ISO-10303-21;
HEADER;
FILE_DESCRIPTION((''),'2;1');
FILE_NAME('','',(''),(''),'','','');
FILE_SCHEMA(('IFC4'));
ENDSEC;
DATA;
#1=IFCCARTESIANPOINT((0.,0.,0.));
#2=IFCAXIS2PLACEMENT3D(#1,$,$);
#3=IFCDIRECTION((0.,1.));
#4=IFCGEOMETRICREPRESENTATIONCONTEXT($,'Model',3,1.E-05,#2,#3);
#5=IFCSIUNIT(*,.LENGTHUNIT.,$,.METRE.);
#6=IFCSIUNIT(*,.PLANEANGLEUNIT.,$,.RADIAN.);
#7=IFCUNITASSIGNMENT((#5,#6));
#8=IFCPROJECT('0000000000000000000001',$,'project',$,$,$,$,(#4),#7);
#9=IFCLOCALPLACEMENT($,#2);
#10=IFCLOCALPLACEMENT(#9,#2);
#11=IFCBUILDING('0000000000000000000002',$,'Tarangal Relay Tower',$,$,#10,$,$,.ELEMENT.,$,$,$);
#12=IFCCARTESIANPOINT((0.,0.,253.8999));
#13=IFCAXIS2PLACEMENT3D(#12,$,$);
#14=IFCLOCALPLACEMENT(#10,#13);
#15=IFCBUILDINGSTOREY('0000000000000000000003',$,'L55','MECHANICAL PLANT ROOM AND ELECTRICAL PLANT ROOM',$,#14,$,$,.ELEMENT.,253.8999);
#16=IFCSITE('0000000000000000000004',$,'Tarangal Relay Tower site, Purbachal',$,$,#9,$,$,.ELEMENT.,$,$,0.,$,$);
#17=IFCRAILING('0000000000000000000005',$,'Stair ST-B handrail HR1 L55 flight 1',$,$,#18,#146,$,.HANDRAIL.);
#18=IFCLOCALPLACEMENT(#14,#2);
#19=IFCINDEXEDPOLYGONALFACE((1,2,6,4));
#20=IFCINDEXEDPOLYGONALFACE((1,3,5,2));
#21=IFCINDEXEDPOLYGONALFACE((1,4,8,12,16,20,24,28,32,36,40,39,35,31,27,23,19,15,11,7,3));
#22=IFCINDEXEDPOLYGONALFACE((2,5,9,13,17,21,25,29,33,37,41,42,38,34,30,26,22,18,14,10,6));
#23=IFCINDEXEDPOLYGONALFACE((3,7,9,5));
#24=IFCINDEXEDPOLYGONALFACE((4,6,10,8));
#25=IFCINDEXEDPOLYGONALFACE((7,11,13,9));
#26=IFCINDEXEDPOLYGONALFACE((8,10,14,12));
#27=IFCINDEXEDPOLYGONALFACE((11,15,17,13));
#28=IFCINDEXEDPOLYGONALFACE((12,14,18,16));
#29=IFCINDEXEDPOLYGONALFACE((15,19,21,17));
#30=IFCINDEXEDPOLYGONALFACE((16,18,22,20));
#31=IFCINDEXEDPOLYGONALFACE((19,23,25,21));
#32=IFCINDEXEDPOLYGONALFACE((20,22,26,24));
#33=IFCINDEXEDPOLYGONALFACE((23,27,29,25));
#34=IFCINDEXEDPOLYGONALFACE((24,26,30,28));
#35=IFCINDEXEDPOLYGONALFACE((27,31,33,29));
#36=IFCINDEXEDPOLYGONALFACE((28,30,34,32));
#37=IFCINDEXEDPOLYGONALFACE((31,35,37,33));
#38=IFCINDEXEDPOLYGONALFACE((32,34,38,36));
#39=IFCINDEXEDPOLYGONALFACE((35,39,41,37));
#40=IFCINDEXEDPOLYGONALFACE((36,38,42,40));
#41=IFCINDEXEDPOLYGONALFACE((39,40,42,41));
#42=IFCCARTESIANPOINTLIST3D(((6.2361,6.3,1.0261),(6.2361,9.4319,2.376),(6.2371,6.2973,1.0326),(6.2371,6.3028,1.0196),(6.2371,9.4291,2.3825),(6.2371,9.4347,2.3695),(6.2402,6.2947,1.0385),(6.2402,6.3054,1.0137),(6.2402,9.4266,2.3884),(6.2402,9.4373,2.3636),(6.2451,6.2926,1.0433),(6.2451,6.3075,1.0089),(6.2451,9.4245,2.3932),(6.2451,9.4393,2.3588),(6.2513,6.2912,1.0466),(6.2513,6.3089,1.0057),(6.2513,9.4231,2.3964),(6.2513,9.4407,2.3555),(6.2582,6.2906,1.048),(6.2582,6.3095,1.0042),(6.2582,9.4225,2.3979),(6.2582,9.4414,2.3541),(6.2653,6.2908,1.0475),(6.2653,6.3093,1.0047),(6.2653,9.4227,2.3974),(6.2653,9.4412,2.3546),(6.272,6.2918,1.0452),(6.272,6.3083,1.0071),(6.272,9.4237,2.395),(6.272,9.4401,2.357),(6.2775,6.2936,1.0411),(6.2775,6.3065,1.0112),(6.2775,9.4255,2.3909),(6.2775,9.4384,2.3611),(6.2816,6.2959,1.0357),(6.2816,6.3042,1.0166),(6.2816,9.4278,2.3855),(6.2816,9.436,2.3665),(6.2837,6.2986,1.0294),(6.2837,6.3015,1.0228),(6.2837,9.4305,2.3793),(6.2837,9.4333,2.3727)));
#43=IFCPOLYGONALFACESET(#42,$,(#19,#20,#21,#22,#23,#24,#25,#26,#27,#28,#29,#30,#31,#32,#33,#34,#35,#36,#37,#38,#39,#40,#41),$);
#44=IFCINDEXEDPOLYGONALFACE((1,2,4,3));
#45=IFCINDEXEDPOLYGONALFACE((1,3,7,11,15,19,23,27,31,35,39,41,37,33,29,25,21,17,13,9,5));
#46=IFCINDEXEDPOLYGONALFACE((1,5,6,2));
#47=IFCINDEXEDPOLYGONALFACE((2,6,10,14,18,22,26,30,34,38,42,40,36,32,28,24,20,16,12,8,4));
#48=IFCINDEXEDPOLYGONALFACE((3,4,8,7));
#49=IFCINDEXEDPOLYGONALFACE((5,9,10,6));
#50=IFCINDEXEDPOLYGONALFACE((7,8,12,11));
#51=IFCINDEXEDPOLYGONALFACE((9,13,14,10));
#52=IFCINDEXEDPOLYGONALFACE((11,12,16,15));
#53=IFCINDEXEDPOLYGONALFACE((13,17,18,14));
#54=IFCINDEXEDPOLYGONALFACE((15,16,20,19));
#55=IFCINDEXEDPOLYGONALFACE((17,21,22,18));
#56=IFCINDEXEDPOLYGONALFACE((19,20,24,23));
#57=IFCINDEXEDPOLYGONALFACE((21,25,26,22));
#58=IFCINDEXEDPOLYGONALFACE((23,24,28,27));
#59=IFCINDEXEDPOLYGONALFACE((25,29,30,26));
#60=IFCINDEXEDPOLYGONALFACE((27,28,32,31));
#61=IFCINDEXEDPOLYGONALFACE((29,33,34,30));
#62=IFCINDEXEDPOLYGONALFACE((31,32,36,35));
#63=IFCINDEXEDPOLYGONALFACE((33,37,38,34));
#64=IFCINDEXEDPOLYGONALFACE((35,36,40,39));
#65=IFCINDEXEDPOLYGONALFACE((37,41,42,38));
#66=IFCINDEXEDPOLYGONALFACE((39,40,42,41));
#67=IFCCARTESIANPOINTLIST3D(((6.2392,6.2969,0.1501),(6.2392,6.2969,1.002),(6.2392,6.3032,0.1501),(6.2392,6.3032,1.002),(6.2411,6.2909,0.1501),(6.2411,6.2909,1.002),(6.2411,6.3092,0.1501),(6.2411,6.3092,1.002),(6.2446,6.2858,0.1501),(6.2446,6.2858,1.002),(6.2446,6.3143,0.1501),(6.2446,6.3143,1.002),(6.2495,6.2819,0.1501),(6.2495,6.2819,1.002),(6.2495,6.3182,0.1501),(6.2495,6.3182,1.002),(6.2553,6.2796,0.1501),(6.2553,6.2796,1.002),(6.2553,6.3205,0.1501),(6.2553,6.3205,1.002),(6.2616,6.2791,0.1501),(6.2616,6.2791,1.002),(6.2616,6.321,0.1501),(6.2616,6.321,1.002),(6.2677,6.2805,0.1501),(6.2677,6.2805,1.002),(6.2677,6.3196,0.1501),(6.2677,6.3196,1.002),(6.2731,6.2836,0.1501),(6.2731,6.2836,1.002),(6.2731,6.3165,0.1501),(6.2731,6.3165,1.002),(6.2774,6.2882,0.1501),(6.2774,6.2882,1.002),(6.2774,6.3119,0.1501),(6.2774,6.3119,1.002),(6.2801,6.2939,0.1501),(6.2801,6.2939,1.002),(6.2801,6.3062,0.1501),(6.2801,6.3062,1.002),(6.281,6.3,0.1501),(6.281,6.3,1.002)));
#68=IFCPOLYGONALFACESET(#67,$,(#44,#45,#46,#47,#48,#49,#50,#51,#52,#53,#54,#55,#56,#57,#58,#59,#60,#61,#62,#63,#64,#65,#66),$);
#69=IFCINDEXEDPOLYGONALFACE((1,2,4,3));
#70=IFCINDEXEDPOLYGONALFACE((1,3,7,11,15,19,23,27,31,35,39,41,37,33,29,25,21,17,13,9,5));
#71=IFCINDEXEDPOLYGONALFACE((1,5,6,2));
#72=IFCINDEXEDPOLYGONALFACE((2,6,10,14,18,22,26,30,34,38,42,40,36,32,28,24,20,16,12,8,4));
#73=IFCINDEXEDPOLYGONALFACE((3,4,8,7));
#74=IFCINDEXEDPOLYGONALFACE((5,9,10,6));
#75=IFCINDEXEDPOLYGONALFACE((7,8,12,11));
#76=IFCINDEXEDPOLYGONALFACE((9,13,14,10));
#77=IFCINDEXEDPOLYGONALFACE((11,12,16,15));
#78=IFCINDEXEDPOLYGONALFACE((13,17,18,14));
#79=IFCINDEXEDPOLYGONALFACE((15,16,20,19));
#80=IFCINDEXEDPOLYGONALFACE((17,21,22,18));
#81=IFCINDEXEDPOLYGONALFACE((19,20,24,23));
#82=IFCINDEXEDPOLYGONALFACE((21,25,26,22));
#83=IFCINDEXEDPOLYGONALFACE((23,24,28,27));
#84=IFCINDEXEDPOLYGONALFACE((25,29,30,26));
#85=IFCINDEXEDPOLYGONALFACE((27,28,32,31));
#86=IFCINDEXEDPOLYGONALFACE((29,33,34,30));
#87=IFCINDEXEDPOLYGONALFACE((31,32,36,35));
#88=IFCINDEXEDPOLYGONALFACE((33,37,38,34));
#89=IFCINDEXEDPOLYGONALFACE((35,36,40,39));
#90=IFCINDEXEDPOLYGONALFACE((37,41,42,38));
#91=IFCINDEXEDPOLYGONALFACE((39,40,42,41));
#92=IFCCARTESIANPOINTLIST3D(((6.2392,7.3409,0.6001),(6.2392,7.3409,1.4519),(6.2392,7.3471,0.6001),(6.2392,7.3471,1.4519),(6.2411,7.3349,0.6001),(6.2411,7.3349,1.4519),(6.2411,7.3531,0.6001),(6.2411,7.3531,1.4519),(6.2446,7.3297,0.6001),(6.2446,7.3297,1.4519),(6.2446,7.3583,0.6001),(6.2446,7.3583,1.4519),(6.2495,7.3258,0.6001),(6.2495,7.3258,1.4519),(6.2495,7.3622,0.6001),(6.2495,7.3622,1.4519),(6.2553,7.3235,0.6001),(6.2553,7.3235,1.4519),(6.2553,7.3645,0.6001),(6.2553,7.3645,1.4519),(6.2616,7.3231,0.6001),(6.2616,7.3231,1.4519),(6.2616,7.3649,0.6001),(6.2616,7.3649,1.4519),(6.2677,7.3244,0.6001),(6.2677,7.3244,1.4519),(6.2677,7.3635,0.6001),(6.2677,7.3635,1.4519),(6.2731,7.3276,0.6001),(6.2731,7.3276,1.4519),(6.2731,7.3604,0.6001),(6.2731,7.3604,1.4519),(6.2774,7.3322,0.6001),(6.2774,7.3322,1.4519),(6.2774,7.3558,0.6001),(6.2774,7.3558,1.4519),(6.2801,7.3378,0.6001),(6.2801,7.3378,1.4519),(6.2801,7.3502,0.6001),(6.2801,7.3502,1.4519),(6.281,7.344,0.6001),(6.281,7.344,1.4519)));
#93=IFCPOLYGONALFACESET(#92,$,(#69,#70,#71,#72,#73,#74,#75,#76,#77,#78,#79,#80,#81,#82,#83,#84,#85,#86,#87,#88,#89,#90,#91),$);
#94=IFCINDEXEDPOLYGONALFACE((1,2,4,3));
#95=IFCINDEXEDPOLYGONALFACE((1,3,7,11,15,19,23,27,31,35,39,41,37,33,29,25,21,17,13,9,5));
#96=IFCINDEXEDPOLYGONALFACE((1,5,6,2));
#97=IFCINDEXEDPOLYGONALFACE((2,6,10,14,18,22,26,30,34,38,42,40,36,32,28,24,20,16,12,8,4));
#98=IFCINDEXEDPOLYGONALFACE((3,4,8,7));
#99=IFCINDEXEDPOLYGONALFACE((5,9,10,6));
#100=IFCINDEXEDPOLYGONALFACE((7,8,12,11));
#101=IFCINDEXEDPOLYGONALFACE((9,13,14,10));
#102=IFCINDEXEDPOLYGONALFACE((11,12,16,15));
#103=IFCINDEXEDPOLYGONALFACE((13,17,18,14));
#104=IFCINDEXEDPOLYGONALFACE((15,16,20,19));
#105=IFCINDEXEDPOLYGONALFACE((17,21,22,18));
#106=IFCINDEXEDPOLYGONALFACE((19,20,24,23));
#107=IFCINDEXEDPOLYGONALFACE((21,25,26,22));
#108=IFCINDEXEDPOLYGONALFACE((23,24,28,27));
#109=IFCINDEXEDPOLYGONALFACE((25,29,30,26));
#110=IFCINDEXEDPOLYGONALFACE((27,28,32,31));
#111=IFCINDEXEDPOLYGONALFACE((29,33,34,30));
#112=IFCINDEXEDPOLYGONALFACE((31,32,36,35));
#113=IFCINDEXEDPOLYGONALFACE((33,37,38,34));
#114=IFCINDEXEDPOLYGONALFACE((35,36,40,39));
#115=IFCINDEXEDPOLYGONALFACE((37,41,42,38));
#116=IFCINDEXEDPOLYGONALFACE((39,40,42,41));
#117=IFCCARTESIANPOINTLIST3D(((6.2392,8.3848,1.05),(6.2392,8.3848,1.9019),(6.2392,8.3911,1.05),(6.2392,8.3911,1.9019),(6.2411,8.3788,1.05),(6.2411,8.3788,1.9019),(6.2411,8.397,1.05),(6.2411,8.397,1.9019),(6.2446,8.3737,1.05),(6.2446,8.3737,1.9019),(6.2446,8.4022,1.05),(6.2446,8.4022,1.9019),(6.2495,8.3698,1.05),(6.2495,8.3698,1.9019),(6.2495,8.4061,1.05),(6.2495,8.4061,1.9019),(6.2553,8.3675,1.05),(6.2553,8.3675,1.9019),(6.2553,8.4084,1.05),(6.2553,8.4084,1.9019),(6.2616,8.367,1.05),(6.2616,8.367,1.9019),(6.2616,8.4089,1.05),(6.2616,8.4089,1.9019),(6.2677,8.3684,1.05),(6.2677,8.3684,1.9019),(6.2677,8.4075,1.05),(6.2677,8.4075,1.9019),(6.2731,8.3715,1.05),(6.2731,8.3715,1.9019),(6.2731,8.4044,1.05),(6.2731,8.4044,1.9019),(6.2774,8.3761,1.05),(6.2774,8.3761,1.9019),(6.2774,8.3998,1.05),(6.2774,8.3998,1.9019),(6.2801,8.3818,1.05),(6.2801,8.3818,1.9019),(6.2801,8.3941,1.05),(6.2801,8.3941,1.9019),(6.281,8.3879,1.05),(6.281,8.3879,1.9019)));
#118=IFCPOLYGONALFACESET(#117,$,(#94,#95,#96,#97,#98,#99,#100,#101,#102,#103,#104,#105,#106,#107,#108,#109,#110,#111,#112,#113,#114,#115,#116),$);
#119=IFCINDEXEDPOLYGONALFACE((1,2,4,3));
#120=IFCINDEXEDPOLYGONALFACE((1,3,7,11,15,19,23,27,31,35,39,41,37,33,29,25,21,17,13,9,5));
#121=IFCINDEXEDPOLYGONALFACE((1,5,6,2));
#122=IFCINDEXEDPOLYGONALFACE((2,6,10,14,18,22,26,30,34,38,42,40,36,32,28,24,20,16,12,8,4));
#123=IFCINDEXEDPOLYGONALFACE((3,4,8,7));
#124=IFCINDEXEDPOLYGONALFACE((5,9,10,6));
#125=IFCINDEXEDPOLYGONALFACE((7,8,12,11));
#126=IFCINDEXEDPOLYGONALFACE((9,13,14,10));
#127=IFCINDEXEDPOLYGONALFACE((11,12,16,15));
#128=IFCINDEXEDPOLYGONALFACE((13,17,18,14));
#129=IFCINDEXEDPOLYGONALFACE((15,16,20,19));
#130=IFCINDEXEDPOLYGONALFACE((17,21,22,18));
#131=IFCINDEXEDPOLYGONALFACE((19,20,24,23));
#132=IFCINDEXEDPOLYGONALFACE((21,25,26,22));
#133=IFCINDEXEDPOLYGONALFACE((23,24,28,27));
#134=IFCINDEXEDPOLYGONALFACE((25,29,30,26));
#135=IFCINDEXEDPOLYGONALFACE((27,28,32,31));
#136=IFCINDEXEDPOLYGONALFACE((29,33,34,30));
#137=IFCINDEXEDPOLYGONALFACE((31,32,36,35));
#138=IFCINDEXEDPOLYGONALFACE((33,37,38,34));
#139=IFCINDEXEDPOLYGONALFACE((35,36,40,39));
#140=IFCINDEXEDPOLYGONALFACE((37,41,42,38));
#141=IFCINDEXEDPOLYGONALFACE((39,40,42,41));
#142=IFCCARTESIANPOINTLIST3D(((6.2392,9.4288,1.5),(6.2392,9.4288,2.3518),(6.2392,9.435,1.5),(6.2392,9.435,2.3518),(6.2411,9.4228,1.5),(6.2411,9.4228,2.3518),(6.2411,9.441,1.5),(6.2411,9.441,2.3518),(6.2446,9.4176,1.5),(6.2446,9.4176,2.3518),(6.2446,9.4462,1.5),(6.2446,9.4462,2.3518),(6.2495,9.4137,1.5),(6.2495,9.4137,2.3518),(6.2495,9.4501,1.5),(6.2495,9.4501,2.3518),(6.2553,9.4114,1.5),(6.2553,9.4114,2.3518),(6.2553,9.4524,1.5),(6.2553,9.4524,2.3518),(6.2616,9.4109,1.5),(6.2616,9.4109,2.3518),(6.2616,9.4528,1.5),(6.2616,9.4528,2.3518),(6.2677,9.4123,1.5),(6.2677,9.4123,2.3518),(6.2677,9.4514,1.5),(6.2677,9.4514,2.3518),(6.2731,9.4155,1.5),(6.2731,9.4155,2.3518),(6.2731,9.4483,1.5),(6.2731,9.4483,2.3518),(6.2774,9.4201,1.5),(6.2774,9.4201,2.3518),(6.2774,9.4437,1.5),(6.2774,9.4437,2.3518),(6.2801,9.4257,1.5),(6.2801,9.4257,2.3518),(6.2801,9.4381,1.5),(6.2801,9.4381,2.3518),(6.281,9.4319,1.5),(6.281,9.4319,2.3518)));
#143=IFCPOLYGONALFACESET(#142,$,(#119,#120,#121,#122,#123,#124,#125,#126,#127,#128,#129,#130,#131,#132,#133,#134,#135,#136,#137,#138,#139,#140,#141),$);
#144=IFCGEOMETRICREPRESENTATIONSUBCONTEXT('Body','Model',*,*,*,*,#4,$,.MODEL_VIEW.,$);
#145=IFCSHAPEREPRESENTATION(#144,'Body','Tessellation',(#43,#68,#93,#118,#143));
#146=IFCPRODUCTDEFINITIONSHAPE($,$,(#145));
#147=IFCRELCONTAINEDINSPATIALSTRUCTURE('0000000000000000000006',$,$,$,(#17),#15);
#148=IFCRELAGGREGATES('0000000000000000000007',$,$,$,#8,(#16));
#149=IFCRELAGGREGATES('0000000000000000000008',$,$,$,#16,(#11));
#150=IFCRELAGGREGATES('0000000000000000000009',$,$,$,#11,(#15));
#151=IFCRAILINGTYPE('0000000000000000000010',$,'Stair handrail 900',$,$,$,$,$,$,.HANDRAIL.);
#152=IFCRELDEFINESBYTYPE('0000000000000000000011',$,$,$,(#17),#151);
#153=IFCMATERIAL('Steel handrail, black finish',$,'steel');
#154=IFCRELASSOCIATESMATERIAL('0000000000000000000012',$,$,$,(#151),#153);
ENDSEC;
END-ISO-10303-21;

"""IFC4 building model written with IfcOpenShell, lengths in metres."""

from ifc_helpers import new_model, si_unit, direction, frame, origin, origin_2d, place, context, subcontext, project, spatial, circle, extrude, material, type_object, element, save


model = new_model("IFC4")

# Units and contexts
model_context = context("Model", 3, precision=1e-05, world=origin(), true_north=direction((0.0, 1.0)))
body_context = subcontext(model_context, "Body", "Model", "MODEL_VIEW")
ifc_project = project(units=[si_unit("LENGTHUNIT", "METRE"), si_unit("PLANEANGLEUNIT", "RADIAN")], contexts=[model_context])

# Site, building, storey
site_placement = place(None, origin())
site = spatial("IfcSite", under=ifc_project, at=site_placement, Name="Tarangal Relay Tower site, Purbachal", CompositionType="ELEMENT", RefElevation=0.0)
building_placement = place(site_placement, origin())
building = spatial("IfcBuilding", under=site, at=building_placement, Name="Tarangal Relay Tower", CompositionType="ELEMENT")
storey_placement = place(building_placement, frame((0.0, 0.0, 253.8999)))
storey = spatial("IfcBuildingStorey", under=building, at=storey_placement, Name="L55", Description="MECHANICAL PLANT ROOM AND ELECTRICAL PLANT ROOM", CompositionType="ELEMENT", Elevation=253.8999)

# Railing
ifc_material_1 = material(Name="Steel handrail, black finish", Category="steel")
railing_type_1 = type_object("IfcRailingType", Name="Stair handrail 900", PredefinedType="HANDRAIL", material=ifc_material_1)
for number, where, name in (
    (1, (6.26, 6.3, 0.1501), "Stair ST-B handrail HR1 L55 flight 1"),
):
    element("IfcRailing", number, at=place(storey_placement, frame(where)), inside=storey, type_object=railing_type_1, Name=name, PredefinedType="HANDRAIL", context=body_context, shape_type="SweptSolid", body=[
        extrude(circle(Radius=0.0239, at=origin_2d()), frame((0.0, 0.0, 0.876), z_axis=(0.0, 0.918332, 0.395811), x_axis=(-1.0, 0.0, 0.0)), (0.0, 0.0, 1.0), 3.4104),
        extrude(circle(Radius=0.021, at=origin_2d()), origin(), (0.0, 0.0, 1.0), 0.8518),
        extrude(circle(Radius=0.021, at=origin_2d()), frame((0.0, 1.0439, 0.45)), (0.0, 0.0, 1.0), 0.8518),
        extrude(circle(Radius=0.021, at=origin_2d()), frame((0.0, 2.0879, 0.8999)), (0.0, 0.0, 1.0), 0.8518),
        extrude(circle(Radius=0.021, at=origin_2d()), frame((0.0, 3.1318, 1.3499)), (0.0, 0.0, 1.0), 0.8518),
    ])

save(model, "model.ifc")
